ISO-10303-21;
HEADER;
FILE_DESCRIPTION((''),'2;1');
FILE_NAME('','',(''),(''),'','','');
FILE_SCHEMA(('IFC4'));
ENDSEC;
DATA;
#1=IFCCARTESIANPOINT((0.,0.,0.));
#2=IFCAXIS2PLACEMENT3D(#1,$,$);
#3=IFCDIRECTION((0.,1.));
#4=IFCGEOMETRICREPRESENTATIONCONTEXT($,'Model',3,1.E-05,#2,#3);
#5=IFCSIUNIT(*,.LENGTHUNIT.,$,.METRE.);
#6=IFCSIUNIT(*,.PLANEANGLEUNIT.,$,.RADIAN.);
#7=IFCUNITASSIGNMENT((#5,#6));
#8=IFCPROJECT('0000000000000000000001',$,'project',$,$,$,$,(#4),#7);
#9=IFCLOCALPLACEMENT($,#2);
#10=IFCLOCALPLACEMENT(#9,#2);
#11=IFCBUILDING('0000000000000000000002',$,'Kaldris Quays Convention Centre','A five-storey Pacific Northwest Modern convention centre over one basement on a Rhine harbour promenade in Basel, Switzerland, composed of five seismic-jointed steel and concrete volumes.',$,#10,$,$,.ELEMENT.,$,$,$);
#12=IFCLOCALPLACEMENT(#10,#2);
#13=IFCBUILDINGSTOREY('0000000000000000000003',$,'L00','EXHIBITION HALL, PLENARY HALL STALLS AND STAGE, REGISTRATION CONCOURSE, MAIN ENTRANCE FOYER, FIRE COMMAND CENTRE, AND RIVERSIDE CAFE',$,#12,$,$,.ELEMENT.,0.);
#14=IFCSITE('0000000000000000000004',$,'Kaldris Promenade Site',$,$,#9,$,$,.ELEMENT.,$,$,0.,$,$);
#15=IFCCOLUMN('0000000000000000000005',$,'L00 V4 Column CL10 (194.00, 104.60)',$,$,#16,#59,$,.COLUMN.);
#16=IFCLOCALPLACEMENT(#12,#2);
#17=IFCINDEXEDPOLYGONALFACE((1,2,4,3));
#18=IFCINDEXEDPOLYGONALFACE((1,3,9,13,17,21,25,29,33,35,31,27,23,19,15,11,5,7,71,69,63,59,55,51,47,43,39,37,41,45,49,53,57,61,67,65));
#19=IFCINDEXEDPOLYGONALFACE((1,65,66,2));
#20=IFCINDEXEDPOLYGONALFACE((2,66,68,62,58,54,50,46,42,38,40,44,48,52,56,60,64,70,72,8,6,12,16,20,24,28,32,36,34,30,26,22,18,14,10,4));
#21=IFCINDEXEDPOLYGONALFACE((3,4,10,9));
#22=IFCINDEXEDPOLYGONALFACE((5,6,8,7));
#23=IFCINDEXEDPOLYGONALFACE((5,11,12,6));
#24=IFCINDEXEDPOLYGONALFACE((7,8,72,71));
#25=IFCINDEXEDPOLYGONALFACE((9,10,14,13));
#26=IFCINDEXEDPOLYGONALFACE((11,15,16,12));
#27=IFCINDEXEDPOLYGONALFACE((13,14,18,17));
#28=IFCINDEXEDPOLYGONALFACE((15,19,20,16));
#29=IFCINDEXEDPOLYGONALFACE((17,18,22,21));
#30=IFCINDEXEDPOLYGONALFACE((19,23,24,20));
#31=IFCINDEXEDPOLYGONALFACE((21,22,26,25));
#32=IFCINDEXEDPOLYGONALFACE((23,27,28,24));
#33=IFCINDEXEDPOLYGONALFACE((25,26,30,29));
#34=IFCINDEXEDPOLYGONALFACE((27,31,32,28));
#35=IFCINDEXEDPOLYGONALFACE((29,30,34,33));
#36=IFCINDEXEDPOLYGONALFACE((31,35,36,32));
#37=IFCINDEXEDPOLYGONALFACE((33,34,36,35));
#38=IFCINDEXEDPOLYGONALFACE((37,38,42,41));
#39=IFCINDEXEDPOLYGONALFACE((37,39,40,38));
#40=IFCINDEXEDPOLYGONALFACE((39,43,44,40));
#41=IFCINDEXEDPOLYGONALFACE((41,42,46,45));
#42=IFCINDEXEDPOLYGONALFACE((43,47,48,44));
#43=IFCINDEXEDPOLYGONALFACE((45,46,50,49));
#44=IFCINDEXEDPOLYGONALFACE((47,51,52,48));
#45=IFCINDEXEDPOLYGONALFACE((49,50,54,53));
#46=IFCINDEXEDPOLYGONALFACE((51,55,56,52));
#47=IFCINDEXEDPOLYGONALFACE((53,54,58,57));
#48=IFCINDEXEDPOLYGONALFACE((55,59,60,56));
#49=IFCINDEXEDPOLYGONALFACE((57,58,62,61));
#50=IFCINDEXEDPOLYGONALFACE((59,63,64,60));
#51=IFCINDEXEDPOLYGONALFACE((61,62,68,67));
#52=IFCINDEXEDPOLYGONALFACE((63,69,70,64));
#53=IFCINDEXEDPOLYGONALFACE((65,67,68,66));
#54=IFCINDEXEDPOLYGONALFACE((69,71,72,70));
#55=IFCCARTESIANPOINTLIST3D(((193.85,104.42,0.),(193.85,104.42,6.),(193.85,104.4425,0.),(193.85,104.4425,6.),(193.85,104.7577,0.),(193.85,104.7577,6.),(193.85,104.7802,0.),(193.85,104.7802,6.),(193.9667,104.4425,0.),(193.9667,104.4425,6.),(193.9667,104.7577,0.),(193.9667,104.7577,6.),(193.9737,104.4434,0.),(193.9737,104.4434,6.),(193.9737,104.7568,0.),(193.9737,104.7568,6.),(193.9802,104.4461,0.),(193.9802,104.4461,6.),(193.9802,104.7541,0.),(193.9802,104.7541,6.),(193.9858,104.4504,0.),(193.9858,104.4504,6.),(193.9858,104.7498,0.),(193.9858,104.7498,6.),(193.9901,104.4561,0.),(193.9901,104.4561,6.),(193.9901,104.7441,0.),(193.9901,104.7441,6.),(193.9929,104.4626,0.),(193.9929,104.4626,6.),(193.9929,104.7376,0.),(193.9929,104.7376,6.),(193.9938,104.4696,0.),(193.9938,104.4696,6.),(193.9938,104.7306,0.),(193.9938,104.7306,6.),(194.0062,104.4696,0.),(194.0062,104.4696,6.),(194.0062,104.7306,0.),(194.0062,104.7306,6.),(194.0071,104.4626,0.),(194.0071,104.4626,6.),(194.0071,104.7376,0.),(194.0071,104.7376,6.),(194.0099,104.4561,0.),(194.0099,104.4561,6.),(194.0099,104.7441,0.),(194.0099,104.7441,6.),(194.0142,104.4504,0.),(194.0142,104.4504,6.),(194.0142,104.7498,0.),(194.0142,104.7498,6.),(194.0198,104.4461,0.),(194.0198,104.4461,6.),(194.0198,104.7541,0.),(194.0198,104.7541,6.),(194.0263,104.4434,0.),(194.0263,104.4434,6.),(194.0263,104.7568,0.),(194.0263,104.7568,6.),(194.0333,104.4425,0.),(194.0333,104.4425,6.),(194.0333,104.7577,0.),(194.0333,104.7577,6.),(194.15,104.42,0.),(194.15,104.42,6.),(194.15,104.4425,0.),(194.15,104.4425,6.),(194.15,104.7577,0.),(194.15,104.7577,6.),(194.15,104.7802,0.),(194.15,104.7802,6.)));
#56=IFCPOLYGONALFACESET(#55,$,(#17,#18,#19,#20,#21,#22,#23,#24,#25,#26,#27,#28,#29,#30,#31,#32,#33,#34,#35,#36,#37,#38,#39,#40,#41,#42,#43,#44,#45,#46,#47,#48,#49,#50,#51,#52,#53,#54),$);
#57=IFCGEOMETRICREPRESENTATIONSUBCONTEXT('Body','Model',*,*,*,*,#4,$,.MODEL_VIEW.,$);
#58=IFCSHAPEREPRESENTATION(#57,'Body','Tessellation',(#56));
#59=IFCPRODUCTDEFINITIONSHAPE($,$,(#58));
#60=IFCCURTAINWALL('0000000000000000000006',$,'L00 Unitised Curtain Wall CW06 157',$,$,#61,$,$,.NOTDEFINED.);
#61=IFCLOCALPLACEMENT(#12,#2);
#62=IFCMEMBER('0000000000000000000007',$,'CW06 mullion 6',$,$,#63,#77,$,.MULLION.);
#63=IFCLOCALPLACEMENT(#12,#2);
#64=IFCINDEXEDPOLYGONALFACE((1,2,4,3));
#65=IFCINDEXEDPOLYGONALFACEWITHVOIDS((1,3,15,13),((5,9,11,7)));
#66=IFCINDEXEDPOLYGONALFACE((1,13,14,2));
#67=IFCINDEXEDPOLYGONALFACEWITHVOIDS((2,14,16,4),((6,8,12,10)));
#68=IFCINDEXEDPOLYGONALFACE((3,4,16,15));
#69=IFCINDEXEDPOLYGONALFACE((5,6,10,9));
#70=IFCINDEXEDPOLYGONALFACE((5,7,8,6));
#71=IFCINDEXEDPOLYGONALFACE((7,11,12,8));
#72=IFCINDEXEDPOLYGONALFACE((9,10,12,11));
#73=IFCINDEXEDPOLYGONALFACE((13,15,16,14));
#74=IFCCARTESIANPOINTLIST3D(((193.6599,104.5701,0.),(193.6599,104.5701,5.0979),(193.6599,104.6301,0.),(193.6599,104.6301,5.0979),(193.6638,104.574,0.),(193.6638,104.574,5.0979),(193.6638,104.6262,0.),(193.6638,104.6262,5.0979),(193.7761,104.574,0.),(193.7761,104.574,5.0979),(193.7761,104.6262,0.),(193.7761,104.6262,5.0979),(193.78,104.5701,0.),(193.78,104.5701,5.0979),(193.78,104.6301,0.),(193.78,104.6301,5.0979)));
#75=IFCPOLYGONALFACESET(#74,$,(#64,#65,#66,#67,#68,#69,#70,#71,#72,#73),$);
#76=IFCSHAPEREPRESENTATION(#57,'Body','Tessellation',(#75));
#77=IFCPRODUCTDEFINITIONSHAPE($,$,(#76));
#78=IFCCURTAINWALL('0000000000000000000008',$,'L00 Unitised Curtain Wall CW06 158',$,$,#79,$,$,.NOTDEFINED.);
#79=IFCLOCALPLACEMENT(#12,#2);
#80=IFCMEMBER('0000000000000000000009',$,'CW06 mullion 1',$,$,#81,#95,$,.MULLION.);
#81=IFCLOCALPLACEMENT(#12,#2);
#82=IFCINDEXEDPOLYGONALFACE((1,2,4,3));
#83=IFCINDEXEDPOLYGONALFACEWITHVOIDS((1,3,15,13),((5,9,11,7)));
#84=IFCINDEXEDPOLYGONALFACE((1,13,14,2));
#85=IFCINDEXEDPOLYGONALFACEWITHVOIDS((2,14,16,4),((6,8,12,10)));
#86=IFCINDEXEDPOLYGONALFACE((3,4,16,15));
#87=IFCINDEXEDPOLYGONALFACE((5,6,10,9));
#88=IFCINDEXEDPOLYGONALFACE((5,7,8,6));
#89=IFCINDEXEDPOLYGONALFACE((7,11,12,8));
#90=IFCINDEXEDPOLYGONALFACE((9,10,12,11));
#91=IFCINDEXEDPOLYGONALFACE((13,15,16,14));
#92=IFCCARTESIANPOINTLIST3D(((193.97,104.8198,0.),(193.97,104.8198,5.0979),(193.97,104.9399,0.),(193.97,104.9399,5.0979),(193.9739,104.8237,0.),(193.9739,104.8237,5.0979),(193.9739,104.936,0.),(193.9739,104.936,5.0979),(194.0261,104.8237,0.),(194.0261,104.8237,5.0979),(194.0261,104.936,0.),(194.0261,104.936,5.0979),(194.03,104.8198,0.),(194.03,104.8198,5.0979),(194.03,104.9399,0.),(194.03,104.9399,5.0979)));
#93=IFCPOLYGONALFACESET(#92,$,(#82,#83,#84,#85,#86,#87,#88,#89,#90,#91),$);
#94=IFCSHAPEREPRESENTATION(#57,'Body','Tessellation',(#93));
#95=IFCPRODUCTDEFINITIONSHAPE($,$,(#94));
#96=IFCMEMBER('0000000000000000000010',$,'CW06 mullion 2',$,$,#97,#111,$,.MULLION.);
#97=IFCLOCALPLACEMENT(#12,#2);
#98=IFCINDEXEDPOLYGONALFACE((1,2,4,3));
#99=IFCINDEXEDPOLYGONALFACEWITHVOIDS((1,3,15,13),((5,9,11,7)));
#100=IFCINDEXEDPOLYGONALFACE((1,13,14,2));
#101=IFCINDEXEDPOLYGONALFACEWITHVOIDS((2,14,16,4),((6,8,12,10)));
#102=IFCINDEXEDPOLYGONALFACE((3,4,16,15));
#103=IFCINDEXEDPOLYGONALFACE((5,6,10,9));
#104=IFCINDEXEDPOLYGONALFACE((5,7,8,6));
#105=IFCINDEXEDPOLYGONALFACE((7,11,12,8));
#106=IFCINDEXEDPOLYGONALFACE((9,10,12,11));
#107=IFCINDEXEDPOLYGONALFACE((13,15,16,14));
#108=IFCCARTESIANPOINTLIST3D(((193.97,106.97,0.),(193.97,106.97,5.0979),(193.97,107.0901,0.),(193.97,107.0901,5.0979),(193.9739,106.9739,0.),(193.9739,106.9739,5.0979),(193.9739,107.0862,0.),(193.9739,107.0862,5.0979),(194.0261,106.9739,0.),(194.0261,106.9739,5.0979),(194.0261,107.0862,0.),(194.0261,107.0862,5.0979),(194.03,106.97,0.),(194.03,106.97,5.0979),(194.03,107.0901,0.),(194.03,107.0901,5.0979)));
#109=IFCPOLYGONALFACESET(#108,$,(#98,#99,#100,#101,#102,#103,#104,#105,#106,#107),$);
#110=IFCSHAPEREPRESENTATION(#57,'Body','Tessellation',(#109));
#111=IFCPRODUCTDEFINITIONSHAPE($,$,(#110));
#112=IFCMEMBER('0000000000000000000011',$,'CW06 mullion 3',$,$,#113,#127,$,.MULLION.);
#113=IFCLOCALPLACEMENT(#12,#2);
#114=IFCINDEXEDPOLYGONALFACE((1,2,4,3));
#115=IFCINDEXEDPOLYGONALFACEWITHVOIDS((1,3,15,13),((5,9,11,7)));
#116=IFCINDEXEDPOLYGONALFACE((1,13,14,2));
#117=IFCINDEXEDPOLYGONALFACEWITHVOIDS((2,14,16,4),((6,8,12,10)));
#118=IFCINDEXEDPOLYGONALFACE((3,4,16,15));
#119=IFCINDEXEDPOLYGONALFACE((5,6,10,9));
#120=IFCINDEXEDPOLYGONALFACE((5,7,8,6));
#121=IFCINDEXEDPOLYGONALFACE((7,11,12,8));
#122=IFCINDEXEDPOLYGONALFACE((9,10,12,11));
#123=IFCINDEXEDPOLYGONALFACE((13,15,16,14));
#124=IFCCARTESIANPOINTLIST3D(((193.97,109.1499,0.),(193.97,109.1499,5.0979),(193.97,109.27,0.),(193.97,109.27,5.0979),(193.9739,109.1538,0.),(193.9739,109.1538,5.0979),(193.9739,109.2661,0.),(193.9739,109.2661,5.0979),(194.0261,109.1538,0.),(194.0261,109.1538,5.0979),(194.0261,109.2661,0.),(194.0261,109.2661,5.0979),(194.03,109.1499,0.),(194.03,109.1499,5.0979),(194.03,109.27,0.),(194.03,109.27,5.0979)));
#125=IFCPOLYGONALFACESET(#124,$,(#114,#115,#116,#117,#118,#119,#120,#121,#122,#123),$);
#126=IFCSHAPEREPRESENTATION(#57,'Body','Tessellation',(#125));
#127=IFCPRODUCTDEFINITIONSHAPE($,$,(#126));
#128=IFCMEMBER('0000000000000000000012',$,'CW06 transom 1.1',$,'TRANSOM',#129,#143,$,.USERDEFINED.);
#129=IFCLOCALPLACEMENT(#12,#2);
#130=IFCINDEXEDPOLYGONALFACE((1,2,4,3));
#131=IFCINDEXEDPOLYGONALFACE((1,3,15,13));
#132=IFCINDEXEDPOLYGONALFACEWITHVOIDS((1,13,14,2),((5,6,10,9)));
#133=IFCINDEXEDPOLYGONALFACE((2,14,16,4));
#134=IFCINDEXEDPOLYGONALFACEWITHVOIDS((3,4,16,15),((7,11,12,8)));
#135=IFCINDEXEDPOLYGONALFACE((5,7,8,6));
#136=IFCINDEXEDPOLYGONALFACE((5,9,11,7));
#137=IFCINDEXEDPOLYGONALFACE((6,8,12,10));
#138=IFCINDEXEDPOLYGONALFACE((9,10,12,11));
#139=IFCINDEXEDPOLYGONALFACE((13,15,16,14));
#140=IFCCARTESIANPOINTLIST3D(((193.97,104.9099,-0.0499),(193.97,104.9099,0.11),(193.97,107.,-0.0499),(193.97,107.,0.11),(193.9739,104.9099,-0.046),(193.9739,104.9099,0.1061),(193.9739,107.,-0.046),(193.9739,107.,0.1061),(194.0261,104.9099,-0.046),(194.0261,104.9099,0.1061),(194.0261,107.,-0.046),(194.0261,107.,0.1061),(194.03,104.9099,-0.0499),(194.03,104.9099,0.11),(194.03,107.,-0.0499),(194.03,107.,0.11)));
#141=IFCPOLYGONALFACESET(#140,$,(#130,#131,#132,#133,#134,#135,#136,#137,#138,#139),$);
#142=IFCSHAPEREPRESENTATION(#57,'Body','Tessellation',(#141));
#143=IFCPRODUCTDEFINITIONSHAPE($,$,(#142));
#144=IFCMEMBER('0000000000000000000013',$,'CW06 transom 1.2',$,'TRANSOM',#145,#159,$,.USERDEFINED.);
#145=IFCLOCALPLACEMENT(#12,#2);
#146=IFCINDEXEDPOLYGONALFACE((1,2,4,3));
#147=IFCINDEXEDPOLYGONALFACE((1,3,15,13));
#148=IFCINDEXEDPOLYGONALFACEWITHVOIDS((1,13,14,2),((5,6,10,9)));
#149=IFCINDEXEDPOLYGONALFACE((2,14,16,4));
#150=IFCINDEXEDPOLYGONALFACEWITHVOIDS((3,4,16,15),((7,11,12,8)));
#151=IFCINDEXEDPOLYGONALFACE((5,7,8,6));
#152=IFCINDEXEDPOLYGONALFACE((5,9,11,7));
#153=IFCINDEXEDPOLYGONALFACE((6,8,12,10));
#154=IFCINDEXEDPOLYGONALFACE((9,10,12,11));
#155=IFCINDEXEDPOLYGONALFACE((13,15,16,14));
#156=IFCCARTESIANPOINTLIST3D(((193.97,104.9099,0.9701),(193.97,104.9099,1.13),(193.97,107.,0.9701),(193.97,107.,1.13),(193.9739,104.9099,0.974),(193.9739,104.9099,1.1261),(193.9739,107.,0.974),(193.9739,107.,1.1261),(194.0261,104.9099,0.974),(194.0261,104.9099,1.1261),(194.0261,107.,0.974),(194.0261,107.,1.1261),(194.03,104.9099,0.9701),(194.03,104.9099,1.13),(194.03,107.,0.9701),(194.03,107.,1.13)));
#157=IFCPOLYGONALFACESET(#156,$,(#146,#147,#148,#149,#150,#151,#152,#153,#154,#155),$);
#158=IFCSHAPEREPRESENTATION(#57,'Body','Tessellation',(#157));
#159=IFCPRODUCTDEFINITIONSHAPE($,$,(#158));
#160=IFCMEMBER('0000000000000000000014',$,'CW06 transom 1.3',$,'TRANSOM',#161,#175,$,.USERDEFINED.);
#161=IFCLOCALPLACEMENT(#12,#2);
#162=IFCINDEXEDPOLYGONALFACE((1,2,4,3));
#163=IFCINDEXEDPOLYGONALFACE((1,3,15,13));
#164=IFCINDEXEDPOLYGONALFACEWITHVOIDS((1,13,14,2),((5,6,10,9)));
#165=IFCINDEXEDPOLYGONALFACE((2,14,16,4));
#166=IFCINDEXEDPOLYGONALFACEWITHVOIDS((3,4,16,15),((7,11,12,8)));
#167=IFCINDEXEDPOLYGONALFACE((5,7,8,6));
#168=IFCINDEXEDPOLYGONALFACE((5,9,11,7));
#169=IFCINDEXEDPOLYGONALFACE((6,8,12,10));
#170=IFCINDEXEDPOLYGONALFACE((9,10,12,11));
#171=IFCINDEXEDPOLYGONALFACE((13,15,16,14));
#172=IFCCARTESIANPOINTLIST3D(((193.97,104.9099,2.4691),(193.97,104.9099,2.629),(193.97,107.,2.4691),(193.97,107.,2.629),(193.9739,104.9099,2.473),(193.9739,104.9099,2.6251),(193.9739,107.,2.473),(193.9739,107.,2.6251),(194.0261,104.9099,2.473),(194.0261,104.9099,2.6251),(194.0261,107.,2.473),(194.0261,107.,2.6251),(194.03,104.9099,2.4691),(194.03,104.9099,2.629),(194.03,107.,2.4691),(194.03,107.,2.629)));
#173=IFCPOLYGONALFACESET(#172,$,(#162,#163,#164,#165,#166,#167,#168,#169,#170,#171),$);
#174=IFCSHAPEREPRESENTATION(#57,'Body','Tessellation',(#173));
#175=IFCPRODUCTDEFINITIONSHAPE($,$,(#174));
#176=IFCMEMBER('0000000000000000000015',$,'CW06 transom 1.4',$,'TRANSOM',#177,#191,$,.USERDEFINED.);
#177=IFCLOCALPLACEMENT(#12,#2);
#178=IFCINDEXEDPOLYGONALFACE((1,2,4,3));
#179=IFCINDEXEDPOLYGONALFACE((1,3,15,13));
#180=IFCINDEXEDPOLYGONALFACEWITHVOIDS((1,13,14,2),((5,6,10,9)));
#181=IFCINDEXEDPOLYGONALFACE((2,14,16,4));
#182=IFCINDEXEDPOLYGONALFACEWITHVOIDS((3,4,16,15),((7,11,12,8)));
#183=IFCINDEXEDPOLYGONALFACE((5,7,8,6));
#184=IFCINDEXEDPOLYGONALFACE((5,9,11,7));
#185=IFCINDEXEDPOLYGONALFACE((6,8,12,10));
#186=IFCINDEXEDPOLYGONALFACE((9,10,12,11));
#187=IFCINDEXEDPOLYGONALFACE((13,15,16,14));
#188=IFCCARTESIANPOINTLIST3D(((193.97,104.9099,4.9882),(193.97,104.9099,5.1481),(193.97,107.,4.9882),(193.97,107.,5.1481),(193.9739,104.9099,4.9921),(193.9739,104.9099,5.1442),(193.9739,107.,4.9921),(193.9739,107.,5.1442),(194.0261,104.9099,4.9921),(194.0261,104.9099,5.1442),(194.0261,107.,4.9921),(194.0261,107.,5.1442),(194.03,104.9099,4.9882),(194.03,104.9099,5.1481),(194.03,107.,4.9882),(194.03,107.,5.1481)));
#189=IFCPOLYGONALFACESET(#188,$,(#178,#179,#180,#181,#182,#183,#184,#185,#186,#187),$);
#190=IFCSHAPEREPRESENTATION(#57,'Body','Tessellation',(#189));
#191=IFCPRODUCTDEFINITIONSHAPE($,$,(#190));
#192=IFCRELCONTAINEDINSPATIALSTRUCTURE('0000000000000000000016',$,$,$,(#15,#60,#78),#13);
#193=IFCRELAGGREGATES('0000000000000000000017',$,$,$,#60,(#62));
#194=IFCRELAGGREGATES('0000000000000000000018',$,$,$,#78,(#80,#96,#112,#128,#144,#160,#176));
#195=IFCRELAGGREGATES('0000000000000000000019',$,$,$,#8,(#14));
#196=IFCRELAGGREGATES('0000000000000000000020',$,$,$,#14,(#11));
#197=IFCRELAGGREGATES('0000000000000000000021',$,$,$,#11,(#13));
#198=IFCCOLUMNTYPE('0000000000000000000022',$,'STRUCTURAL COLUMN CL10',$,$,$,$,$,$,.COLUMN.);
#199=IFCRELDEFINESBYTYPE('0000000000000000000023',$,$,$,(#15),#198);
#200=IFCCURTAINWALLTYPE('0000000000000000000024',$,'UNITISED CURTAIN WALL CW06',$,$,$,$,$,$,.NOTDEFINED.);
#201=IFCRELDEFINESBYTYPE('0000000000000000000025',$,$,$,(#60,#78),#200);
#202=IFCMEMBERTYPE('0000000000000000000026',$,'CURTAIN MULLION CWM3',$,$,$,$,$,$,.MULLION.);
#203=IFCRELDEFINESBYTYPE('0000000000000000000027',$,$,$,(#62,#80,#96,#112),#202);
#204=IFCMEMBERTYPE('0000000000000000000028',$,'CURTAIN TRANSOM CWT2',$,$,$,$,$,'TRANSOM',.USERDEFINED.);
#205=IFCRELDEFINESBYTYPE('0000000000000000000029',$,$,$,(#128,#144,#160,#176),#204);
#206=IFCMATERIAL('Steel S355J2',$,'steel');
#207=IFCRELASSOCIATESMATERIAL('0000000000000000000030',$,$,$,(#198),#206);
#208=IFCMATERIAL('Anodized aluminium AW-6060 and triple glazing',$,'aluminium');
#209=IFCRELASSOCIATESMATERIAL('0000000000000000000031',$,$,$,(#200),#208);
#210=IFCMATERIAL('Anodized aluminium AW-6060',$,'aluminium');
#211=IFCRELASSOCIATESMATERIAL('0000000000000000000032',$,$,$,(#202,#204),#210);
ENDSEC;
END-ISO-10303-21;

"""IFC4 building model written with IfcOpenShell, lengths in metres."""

from ifc_helpers import new_model, si_unit, direction, frame, origin, origin_2d, place, context, subcontext, project, spatial, hollow_rectangle, i_section, extrude, material, material_profile, profile_set, type_object, element, aggregate, save


model = new_model("IFC4")

# Units and contexts
model_context = context("Model", 3, precision=1e-05, world=origin(), true_north=direction((0.0, 1.0)))
body_context = subcontext(model_context, "Body", "Model", "MODEL_VIEW")
ifc_project = project(units=[si_unit("LENGTHUNIT", "METRE"), si_unit("PLANEANGLEUNIT", "RADIAN")], contexts=[model_context])

# Site, building, storey
site_placement = place(None, origin())
site = spatial("IfcSite", under=ifc_project, at=site_placement, Name="Kaldris Promenade Site", CompositionType="ELEMENT", RefElevation=0.0)
building_placement = place(site_placement, origin())
building = spatial("IfcBuilding", under=site, at=building_placement, Name="Kaldris Quays Convention Centre", Description="A five-storey Pacific Northwest Modern convention centre over one basement on a Rhine harbour promenade in Basel, Switzerland, composed of five seismic-jointed steel and concrete volumes.", CompositionType="ELEMENT")
storey_placement = place(building_placement, origin())
storey = spatial("IfcBuildingStorey", under=building, at=storey_placement, Name="L00", Description="EXHIBITION HALL, PLENARY HALL STALLS AND STAGE, REGISTRATION CONCOURSE, MAIN ENTRANCE FOYER, FIRE COMMAND CENTRE, AND RIVERSIDE CAFE", CompositionType="ELEMENT", Elevation=0.0)

# Column
ifc_material_1 = material(Name="Steel S355J2", Category="steel")
ifc_material_profile_1 = material_profile(ifc_material_1, i_section(OverallWidth=0.3, OverallDepth=0.3601, WebThickness=0.0125, FlangeThickness=0.0225, FilletRadius=0.0271, at=origin_2d()), Name="HEB 360")
ifc_profile_set_1 = profile_set([ifc_material_profile_1], Name="Steel S355J2")
column_type = type_object("IfcColumnType", Name="STRUCTURAL COLUMN CL10", PredefinedType="COLUMN", material=ifc_profile_set_1)
column_placement = place(storey_placement, frame((194.0, 104.6001, 0.0), z_axis=(0.0, 0.0, 1.0), x_axis=(1.0, 0.0, 0.0)))
element("IfcColumn", 1, at=column_placement, inside=storey, type_object=column_type, Name="L00 V4 Column CL10 (194.00, 104.60)", PredefinedType="COLUMN", context=body_context, shape_type="SweptSolid", body=[
    extrude(i_section(OverallWidth=0.3, OverallDepth=0.3601, WebThickness=0.0125, FlangeThickness=0.0225, FilletRadius=0.0271, at=origin_2d()), origin(), (0.0, 0.0, 1.0), 6.0),
])

# Curtain wall, member
ifc_material_2 = material(Name="Anodized aluminium AW-6060 and triple glazing", Category="aluminium")
curtain_wall_type = type_object("IfcCurtainWallType", Name="UNITISED CURTAIN WALL CW06", PredefinedType="NOTDEFINED", material=ifc_material_2)
curtain_wall_1_placement = place(storey_placement, origin())
curtain_wall_1 = element("IfcCurtainWall", 2, at=curtain_wall_1_placement, inside=storey, type_object=curtain_wall_type, Name="L00 Unitised Curtain Wall CW06 157", PredefinedType="NOTDEFINED")
ifc_material_3 = material(Name="Anodized aluminium AW-6060", Category="aluminium")
ifc_material_profile_2 = material_profile(ifc_material_3, hollow_rectangle(XDim=0.0601, YDim=0.1201, WallThickness=0.0039, at=origin_2d()), Name="RHS 120x60x4")
ifc_profile_set_2 = profile_set([ifc_material_profile_2], Name="Anodized aluminium AW-6060")
member_type_1 = type_object("IfcMemberType", Name="CURTAIN MULLION CWM3", PredefinedType="MULLION", material=ifc_profile_set_2)
member_1_placement = place(storey_placement, frame((193.72, 104.6001, 0.0), z_axis=(0.0, 0.0, 1.0), x_axis=(0.0, 1.0, 0.0)))
member_1 = element("IfcMember", 3, at=member_1_placement, type_object=member_type_1, Name="CW06 mullion 6", PredefinedType="MULLION", context=body_context, shape_type="SweptSolid", body=[
    extrude(hollow_rectangle(XDim=0.0601, YDim=0.1201, WallThickness=0.0039, at=origin_2d()), origin(), (0.0, 0.0, 1.0), 5.0979),
])
aggregate(curtain_wall_1, [member_1])

# Curtain wall, members
curtain_wall_2_placement = place(storey_placement, origin())
curtain_wall_2 = element("IfcCurtainWall", 4, at=curtain_wall_2_placement, inside=storey, type_object=curtain_wall_type, Name="L00 Unitised Curtain Wall CW06 158", PredefinedType="NOTDEFINED")
member_2_placement = place(storey_placement, frame((194.0, 104.8799, 0.0), z_axis=(0.0, 0.0, 1.0), x_axis=(-1.0, 0.0, 0.0)))
member_2 = element("IfcMember", 5, at=member_2_placement, type_object=member_type_1, Name="CW06 mullion 1", PredefinedType="MULLION", context=body_context, shape_type="SweptSolid", body=[
    extrude(hollow_rectangle(XDim=0.0601, YDim=0.1201, WallThickness=0.0039, at=origin_2d()), origin(), (0.0, 0.0, 1.0), 5.0979),
])
member_3_placement = place(storey_placement, frame((194.0, 107.03, 0.0), z_axis=(0.0, 0.0, 1.0), x_axis=(-1.0, 0.0, 0.0)))
member_3 = element("IfcMember", 6, at=member_3_placement, type_object=member_type_1, Name="CW06 mullion 2", PredefinedType="MULLION", context=body_context, shape_type="SweptSolid", body=[
    extrude(hollow_rectangle(XDim=0.0601, YDim=0.1201, WallThickness=0.0039, at=origin_2d()), origin(), (0.0, 0.0, 1.0), 5.0979),
])
member_4_placement = place(storey_placement, frame((194.0, 109.21, 0.0), z_axis=(0.0, 0.0, 1.0), x_axis=(-1.0, 0.0, 0.0)))
member_4 = element("IfcMember", 7, at=member_4_placement, type_object=member_type_1, Name="CW06 mullion 3", PredefinedType="MULLION", context=body_context, shape_type="SweptSolid", body=[
    extrude(hollow_rectangle(XDim=0.0601, YDim=0.1201, WallThickness=0.0039, at=origin_2d()), origin(), (0.0, 0.0, 1.0), 5.0979),
])
ifc_material_profile_3 = material_profile(ifc_material_3, hollow_rectangle(XDim=0.0601, YDim=0.1599, WallThickness=0.0039, at=origin_2d()), Name="RHS 160x60x4")
ifc_profile_set_3 = profile_set([ifc_material_profile_3], Name="Anodized aluminium AW-6060")
member_type_2 = type_object("IfcMemberType", Name="CURTAIN TRANSOM CWT2", ElementType="TRANSOM", PredefinedType="USERDEFINED", material=ifc_profile_set_3)
member_5_placement = place(storey_placement, frame((194.0, 104.9099, 0.03), z_axis=(0.0, 1.0, 0.0), x_axis=(-1.0, 0.0, 0.0)))
member_5 = element("IfcMember", 8, at=member_5_placement, type_object=member_type_2, Name="CW06 transom 1.1", ObjectType="TRANSOM", PredefinedType="USERDEFINED", context=body_context, shape_type="SweptSolid", body=[
    extrude(hollow_rectangle(XDim=0.0601, YDim=0.1599, WallThickness=0.0039, at=origin_2d()), origin(), (0.0, 0.0, 1.0), 2.0901),
])
member_6_placement = place(storey_placement, frame((194.0, 104.9099, 1.05), z_axis=(0.0, 1.0, 0.0), x_axis=(-1.0, 0.0, 0.0)))
member_6 = element("IfcMember", 9, at=member_6_placement, type_object=member_type_2, Name="CW06 transom 1.2", ObjectType="TRANSOM", PredefinedType="USERDEFINED", context=body_context, shape_type="SweptSolid", body=[
    extrude(hollow_rectangle(XDim=0.0601, YDim=0.1599, WallThickness=0.0039, at=origin_2d()), origin(), (0.0, 0.0, 1.0), 2.0901),
])
member_7_placement = place(storey_placement, frame((194.0, 104.9099, 2.5491), z_axis=(0.0, 1.0, 0.0), x_axis=(-1.0, 0.0, 0.0)))
member_7 = element("IfcMember", 10, at=member_7_placement, type_object=member_type_2, Name="CW06 transom 1.3", ObjectType="TRANSOM", PredefinedType="USERDEFINED", context=body_context, shape_type="SweptSolid", body=[
    extrude(hollow_rectangle(XDim=0.0601, YDim=0.1599, WallThickness=0.0039, at=origin_2d()), origin(), (0.0, 0.0, 1.0), 2.0901),
])
member_8_placement = place(storey_placement, frame((194.0, 104.9099, 5.0681), z_axis=(0.0, 1.0, 0.0), x_axis=(-1.0, 0.0, 0.0)))
member_8 = element("IfcMember", 11, at=member_8_placement, type_object=member_type_2, Name="CW06 transom 1.4", ObjectType="TRANSOM", PredefinedType="USERDEFINED", context=body_context, shape_type="SweptSolid", body=[
    extrude(hollow_rectangle(XDim=0.0601, YDim=0.1599, WallThickness=0.0039, at=origin_2d()), origin(), (0.0, 0.0, 1.0), 2.0901),
])

aggregate(curtain_wall_2, [member_2, member_3, member_4, member_5, member_6, member_7, member_8])

save(model, "model.ifc")
